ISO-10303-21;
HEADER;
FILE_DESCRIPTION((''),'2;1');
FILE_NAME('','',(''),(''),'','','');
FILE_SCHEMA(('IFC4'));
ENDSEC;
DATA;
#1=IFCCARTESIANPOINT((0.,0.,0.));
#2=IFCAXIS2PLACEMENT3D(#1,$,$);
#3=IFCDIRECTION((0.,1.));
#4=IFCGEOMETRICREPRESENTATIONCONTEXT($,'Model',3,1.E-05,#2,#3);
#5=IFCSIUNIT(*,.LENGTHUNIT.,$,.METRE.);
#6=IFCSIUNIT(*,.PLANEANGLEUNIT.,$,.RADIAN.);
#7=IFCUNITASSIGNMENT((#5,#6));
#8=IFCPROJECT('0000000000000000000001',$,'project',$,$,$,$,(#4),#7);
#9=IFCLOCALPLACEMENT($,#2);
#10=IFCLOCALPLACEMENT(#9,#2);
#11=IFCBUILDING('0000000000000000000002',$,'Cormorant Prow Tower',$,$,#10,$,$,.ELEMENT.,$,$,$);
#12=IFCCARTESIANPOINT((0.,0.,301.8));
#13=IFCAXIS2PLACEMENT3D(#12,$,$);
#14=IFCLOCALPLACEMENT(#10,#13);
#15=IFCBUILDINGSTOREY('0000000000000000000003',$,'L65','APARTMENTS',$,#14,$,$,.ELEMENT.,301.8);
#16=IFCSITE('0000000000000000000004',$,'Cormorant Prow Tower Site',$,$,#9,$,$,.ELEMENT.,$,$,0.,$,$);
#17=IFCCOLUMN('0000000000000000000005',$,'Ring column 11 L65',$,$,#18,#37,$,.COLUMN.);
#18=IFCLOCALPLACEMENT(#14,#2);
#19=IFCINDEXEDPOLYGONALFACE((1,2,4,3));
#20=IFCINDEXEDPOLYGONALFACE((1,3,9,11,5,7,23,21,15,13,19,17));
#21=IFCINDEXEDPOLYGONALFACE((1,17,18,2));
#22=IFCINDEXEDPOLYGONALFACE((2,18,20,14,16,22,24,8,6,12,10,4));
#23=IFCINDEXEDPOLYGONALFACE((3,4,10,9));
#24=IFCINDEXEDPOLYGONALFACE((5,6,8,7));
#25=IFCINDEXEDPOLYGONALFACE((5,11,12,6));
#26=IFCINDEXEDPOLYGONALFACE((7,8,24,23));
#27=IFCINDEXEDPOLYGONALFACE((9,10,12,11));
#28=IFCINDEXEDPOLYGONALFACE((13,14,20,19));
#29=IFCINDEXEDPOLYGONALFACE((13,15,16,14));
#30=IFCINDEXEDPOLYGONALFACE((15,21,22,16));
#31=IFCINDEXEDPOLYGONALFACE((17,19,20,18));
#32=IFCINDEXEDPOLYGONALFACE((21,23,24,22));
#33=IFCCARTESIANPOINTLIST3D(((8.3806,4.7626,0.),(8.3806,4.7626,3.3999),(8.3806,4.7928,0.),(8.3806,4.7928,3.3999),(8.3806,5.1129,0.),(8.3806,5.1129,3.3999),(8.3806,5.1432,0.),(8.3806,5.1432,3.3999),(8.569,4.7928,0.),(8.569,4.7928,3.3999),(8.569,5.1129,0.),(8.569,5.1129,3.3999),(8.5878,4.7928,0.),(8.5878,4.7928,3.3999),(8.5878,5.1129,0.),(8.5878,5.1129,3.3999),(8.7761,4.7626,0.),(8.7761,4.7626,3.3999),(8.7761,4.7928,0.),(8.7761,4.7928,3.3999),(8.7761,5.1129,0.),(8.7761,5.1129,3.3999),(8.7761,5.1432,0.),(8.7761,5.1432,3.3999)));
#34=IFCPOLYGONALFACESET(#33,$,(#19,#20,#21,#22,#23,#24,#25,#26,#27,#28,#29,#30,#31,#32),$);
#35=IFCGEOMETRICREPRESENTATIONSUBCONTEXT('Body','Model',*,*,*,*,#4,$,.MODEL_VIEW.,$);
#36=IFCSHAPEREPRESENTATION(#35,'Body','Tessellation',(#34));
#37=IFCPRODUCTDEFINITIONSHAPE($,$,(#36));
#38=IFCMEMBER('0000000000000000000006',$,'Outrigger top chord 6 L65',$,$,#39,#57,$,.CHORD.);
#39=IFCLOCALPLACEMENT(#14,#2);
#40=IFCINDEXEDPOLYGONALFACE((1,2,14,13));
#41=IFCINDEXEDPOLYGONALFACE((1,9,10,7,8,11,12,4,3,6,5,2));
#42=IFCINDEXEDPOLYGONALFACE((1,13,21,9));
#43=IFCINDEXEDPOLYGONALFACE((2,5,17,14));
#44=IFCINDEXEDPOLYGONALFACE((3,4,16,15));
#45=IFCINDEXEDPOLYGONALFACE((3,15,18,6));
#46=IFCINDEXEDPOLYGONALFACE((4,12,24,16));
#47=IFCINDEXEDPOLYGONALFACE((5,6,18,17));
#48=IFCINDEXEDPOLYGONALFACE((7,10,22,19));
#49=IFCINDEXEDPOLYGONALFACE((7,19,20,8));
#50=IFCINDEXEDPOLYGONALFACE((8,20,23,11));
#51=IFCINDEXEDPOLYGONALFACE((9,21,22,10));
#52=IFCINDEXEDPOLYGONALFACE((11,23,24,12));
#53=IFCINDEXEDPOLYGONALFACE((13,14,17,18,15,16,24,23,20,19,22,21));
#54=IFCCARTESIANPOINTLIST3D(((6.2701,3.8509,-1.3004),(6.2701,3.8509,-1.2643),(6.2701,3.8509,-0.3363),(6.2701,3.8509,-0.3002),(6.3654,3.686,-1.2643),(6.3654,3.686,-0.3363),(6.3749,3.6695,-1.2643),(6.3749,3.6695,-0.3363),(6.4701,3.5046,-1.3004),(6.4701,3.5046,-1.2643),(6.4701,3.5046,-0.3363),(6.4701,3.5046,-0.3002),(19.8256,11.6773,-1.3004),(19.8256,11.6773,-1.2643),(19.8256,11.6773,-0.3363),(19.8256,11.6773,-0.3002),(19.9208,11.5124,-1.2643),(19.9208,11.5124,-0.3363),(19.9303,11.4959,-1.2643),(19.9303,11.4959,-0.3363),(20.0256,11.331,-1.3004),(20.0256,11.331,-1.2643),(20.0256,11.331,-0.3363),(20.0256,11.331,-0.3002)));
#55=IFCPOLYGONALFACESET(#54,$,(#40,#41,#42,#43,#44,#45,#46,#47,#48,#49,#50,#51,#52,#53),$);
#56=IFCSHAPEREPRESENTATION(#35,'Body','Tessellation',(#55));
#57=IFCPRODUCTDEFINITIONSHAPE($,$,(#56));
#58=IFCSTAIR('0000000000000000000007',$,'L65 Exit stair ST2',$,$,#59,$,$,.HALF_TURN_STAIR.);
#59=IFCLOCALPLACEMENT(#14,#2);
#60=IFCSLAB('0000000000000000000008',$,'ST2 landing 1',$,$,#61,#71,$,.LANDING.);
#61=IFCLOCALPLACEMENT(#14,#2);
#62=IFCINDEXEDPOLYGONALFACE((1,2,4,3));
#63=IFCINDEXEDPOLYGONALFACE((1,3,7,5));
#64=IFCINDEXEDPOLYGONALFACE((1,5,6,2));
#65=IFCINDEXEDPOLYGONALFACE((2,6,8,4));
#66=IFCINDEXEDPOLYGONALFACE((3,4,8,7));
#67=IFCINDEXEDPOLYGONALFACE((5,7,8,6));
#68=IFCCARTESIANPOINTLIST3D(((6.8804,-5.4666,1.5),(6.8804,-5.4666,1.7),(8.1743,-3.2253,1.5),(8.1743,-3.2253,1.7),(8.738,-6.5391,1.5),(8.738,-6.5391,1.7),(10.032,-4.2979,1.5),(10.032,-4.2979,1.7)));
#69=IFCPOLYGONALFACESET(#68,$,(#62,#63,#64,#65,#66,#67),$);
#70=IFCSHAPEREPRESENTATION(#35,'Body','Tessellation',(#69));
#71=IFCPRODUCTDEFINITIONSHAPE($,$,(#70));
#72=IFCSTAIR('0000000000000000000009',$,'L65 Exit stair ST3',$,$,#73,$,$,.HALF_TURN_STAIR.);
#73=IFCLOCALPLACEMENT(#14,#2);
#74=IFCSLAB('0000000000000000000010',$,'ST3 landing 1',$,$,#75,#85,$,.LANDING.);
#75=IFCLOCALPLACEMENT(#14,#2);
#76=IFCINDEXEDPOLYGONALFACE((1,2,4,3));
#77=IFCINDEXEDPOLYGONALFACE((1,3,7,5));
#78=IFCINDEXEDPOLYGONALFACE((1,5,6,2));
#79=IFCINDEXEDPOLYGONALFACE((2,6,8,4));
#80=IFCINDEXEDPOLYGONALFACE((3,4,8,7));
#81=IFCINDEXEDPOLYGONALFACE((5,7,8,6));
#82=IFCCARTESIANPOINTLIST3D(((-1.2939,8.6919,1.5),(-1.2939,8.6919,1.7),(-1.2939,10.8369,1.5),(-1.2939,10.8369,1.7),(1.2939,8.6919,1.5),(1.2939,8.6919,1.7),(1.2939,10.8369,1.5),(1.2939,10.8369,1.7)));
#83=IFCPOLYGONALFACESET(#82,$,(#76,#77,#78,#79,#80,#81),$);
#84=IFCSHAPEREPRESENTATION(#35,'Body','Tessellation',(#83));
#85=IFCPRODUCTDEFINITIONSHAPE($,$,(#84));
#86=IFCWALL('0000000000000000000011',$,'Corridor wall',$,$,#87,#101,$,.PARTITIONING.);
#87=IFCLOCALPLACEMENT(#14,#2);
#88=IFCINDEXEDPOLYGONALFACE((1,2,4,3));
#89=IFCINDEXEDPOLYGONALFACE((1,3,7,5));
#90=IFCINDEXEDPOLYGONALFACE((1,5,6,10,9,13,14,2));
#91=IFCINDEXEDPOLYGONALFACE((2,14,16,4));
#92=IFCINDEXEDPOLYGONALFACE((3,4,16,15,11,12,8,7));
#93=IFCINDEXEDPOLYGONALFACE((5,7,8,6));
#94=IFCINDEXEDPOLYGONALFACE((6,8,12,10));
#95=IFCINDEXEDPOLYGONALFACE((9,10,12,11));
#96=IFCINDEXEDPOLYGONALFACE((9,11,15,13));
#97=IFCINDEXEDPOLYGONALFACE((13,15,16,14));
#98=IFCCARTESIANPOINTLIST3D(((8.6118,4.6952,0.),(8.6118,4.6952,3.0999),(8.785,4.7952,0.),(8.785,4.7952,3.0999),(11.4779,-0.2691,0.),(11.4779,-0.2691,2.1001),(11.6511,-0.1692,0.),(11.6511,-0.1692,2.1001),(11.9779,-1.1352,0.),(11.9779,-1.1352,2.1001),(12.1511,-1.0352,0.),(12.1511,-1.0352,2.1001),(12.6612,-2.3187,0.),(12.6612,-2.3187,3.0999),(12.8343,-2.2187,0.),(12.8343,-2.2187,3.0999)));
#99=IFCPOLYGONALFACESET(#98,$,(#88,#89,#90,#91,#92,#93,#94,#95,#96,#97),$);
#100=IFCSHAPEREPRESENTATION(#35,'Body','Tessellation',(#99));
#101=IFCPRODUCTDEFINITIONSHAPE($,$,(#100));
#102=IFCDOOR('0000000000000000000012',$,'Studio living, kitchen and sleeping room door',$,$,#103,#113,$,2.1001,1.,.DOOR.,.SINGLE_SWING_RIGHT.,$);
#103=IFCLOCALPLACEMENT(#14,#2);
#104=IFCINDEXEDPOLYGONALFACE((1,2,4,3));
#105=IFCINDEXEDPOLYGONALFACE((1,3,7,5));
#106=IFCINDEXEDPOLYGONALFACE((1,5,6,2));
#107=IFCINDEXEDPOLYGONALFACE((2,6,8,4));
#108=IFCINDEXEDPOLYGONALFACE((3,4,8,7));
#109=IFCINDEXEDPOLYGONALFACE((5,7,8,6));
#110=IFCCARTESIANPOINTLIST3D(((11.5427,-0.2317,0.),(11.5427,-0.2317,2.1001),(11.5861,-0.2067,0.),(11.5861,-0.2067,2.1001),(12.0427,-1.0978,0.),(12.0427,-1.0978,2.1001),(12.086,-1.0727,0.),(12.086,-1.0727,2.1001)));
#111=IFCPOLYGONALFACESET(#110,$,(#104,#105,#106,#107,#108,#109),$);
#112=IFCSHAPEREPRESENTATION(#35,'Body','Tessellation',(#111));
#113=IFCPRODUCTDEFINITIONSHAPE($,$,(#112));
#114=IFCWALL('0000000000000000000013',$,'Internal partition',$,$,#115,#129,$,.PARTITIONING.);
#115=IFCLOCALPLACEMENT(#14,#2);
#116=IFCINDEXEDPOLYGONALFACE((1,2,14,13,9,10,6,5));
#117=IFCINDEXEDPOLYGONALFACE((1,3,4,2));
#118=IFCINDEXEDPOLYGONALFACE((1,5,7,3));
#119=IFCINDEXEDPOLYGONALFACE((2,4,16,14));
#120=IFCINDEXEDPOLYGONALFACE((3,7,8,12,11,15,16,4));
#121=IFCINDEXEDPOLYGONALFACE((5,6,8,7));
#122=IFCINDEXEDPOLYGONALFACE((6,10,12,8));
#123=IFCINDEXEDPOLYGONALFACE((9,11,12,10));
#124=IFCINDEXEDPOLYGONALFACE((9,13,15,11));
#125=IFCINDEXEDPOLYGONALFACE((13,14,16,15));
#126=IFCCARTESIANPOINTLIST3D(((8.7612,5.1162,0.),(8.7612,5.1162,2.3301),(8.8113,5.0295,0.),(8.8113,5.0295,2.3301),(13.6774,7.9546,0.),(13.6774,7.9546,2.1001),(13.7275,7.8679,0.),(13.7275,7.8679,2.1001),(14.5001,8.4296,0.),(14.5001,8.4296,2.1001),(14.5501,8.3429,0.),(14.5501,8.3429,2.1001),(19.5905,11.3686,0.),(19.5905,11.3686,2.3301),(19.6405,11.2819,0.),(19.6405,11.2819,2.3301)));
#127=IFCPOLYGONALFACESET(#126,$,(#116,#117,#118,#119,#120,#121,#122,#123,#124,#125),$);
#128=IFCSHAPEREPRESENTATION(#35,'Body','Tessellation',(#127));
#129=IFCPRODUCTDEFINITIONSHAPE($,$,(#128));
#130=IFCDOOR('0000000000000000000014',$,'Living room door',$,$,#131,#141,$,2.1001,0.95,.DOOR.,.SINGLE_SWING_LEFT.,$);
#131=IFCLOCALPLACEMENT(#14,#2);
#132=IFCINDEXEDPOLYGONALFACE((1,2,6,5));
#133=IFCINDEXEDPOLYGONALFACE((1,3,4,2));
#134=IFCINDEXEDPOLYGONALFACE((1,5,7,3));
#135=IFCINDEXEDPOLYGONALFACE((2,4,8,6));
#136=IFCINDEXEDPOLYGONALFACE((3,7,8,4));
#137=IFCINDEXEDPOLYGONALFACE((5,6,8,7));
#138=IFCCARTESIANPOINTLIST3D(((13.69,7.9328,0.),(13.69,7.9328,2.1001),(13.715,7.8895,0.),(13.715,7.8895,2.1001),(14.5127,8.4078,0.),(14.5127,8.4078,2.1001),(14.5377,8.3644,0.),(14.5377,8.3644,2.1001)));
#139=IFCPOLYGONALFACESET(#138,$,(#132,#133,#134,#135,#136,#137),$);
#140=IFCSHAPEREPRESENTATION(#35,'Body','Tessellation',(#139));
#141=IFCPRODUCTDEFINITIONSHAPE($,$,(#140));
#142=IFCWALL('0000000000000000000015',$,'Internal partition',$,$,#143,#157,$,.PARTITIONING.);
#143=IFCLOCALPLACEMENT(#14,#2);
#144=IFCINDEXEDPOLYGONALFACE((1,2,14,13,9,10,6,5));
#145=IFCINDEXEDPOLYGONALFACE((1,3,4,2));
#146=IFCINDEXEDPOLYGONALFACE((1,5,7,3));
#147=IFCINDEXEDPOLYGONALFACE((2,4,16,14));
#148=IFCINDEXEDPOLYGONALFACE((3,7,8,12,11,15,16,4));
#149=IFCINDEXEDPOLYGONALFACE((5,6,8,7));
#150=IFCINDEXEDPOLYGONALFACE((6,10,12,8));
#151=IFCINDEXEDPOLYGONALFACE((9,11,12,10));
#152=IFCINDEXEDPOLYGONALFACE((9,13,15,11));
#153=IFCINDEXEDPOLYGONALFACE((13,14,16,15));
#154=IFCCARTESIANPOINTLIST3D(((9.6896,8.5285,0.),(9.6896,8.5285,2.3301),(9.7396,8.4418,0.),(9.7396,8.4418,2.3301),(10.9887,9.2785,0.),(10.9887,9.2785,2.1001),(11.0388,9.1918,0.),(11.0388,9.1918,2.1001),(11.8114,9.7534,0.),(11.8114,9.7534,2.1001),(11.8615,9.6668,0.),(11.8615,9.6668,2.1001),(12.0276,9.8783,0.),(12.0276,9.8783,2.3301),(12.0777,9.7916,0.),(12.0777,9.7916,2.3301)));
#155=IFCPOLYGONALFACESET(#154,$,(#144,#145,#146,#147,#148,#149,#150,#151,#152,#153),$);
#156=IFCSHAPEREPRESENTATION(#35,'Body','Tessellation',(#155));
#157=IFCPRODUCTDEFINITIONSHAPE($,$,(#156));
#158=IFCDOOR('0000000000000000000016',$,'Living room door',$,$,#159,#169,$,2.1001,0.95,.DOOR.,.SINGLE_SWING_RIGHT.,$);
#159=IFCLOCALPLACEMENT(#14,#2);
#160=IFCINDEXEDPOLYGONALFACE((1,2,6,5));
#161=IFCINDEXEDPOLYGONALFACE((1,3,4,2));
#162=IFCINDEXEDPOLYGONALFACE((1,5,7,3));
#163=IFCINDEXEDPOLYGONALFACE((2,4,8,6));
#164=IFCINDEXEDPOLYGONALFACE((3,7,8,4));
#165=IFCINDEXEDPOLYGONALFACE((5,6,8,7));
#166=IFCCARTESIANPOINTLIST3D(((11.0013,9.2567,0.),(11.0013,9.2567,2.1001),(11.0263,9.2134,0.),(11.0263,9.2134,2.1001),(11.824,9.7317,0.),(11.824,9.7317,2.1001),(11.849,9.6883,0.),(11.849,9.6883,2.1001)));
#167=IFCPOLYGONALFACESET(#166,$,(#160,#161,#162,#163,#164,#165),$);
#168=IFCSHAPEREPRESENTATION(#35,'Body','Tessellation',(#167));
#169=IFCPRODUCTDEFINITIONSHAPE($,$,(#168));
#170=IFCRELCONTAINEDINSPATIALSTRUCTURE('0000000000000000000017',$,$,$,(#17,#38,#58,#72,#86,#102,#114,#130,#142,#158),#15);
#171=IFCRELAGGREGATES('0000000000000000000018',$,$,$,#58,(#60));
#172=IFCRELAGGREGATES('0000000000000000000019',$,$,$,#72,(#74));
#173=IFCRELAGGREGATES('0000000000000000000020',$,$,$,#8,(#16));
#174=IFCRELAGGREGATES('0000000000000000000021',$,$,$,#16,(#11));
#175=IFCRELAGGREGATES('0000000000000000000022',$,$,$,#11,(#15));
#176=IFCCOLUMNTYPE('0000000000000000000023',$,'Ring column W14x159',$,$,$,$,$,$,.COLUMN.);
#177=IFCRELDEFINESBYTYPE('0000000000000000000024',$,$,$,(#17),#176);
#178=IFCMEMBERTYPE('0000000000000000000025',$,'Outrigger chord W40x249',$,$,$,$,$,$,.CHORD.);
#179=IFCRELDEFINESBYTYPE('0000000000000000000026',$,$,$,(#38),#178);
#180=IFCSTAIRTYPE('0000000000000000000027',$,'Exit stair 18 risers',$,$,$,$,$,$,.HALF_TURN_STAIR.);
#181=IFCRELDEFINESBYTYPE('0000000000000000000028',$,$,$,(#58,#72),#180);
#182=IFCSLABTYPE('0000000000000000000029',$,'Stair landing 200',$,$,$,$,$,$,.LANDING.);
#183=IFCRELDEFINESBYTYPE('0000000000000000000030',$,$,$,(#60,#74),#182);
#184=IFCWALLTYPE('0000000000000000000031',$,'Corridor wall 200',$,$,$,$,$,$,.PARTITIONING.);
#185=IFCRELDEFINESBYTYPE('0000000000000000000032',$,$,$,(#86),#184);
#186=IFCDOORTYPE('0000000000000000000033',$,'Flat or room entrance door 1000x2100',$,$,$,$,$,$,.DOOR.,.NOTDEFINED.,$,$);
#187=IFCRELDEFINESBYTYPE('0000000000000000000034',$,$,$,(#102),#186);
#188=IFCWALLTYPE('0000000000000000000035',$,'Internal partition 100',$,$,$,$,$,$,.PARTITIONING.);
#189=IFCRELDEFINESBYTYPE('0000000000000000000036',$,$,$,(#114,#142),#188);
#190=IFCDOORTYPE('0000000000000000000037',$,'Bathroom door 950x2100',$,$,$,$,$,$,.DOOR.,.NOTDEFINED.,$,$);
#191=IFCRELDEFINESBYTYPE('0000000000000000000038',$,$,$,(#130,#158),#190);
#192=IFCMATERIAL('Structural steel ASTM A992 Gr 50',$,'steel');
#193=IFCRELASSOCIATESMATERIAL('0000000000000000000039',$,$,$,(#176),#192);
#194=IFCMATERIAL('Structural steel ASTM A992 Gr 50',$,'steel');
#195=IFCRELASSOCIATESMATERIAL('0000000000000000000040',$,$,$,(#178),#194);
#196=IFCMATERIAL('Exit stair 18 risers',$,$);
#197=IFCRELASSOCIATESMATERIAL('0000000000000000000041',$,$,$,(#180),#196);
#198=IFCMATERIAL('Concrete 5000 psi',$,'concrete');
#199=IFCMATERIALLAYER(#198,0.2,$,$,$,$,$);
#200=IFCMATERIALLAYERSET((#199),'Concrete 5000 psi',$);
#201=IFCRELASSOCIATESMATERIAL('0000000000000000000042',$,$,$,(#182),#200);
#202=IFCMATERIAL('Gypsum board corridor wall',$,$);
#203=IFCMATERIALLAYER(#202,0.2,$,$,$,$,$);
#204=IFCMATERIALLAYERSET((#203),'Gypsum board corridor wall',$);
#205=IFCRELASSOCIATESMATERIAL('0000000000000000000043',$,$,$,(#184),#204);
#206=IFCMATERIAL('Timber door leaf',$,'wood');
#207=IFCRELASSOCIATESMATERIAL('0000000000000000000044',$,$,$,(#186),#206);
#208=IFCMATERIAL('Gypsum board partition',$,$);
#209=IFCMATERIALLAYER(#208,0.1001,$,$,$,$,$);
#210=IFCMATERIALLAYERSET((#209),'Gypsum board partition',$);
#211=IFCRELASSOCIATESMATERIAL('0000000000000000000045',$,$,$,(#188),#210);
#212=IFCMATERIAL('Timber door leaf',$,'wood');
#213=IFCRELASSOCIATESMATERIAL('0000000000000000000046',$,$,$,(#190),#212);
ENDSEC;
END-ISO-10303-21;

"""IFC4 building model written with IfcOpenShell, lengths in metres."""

from ifc_helpers import new_model, si_unit, direction, frame, frame_2d, origin, origin_2d, place, context, subcontext, project, spatial, polyline, rectangle, i_section, outline, extrude, material, layer, layer_set, material_profile, profile_set, type_object, element, fill, aggregate, save


model = new_model("IFC4")

# Units and contexts
model_context = context("Model", 3, precision=1e-05, world=origin(), true_north=direction((0.0, 1.0)))
body_context = subcontext(model_context, "Body", "Model", "MODEL_VIEW")
ifc_project = project(units=[si_unit("LENGTHUNIT", "METRE"), si_unit("PLANEANGLEUNIT", "RADIAN")], contexts=[model_context])

# Site, building, storey
site_placement = place(None, origin())
site = spatial("IfcSite", under=ifc_project, at=site_placement, Name="Cormorant Prow Tower Site", CompositionType="ELEMENT", RefElevation=0.0)
building_placement = place(site_placement, origin())
building = spatial("IfcBuilding", under=site, at=building_placement, Name="Cormorant Prow Tower", CompositionType="ELEMENT")
storey_placement = place(building_placement, frame((0.0, 0.0, 301.8)))
storey = spatial("IfcBuildingStorey", under=building, at=storey_placement, Name="L65", Description="APARTMENTS", CompositionType="ELEMENT", Elevation=301.8)

# Column
ifc_material_1 = material(Name="Structural steel ASTM A992 Gr 50", Category="steel")
ifc_material_profile_1 = material_profile(ifc_material_1, i_section(OverallWidth=0.3955, OverallDepth=0.3806, WebThickness=0.0188, FlangeThickness=0.0303, at=origin_2d()), Name="W14x159")
ifc_profile_set_1 = profile_set([ifc_material_profile_1], Name="Structural steel ASTM A992 Gr 50")
column_type = type_object("IfcColumnType", Name="Ring column W14x159", PredefinedType="COLUMN", material=ifc_profile_set_1)
column_placement = place(storey_placement, frame((8.5784, 4.9529, 0.0), z_axis=(0.0, 0.0, 1.0), x_axis=(1.0, 0.0, 0.0)))
element("IfcColumn", 1, at=column_placement, inside=storey, type_object=column_type, Name="Ring column 11 L65", PredefinedType="COLUMN", context=body_context, shape_type="SweptSolid", body=[
    extrude(i_section(OverallWidth=0.3955, OverallDepth=0.3806, WebThickness=0.0188, FlangeThickness=0.0303, at=origin_2d()), origin(), (0.0, 0.0, 1.0), 3.3999),
])

# Member
ifc_material_2 = material(Name="Structural steel ASTM A992 Gr 50", Category="steel")
ifc_material_profile_2 = material_profile(ifc_material_2, i_section(OverallWidth=0.3999, OverallDepth=1.0002, WebThickness=0.019, FlangeThickness=0.0361, at=origin_2d()), Name="W40x249")
ifc_profile_set_2 = profile_set([ifc_material_profile_2], Name="Structural steel ASTM A992 Gr 50")
member_type = type_object("IfcMemberType", Name="Outrigger chord W40x249", PredefinedType="CHORD", material=ifc_profile_set_2)
member_placement = place(storey_placement, frame((6.3701, 3.6777, -0.8003), z_axis=(0.86602, 0.500009, 0.0), x_axis=(-0.500009, 0.86602, 0.0)))
element("IfcMember", 2, at=member_placement, inside=storey, type_object=member_type, Name="Outrigger top chord 6 L65", PredefinedType="CHORD", context=body_context, shape_type="SweptSolid", body=[
    extrude(i_section(OverallWidth=0.3999, OverallDepth=1.0002, WebThickness=0.019, FlangeThickness=0.0361, at=origin_2d()), origin(), (0.0, 0.0, 1.0), 15.6526),
])

# Stairs, slabs
ifc_material_3 = material(Name="Exit stair 18 risers")
stair_type = type_object("IfcStairType", Name="Exit stair 18 risers", PredefinedType="HALF_TURN_STAIR", material=ifc_material_3)
stair_1_placement = place(storey_placement, origin())
stair_1 = element("IfcStair", 3, at=stair_1_placement, inside=storey, type_object=stair_type, Name="L65 Exit stair ST2", PredefinedType="HALF_TURN_STAIR")
ifc_material_4 = material(Name="Concrete 5000 psi", Category="concrete")
ifc_layer_1 = layer(ifc_material_4, 0.2)
ifc_layer_set_1 = layer_set([ifc_layer_1], Name="Concrete 5000 psi")
slab_type = type_object("IfcSlabType", Name="Stair landing 200", PredefinedType="LANDING", material=ifc_layer_set_1)
slab_1_placement = place(storey_placement, frame((0.0, 0.0, 1.5)))
slab_1 = element("IfcSlab", 4, at=slab_1_placement, type_object=slab_type, Name="ST2 landing 1", PredefinedType="LANDING", context=body_context, shape_type="SweptSolid", body=[
    extrude(outline(polyline([(6.8804, -5.4666), (8.738, -6.5391), (10.032, -4.2979), (8.1743, -3.2253), (6.8804, -5.4666)])), origin(), (0.0, 0.0, 1.0), 0.2),
])
aggregate(stair_1, [slab_1])
stair_2_placement = place(storey_placement, origin())
stair_2 = element("IfcStair", 5, at=stair_2_placement, inside=storey, type_object=stair_type, Name="L65 Exit stair ST3", PredefinedType="HALF_TURN_STAIR")
slab_2_placement = place(storey_placement, frame((0.0, 0.0, 1.5)))
slab_2 = element("IfcSlab", 6, at=slab_2_placement, type_object=slab_type, Name="ST3 landing 1", PredefinedType="LANDING", context=body_context, shape_type="SweptSolid", body=[
    extrude(outline(polyline([(1.2939, 8.6919), (1.2939, 10.8369), (-1.2939, 10.8369), (-1.2939, 8.6919), (1.2939, 8.6919)])), origin(), (0.0, 0.0, 1.0), 0.2),
])

# Walls, openings, doors
ifc_material_5 = material(Name="Gypsum board corridor wall")
ifc_layer_2 = layer(ifc_material_5, 0.2)
ifc_layer_set_2 = layer_set([ifc_layer_2], Name="Gypsum board corridor wall")
wall_type_1 = type_object("IfcWallType", Name="Corridor wall 200", PredefinedType="PARTITIONING", material=ifc_layer_set_2)
wall_1_placement = place(storey_placement, frame((8.6985, 4.7451, 0.0), z_axis=(0.0, 0.0, 1.0), x_axis=(0.499984, -0.866034, 0.0)))
wall_1 = element("IfcWall", 7, at=wall_1_placement, inside=storey, type_object=wall_type_1, Name="Corridor wall", PredefinedType="PARTITIONING", context=body_context, shape_type="SweptSolid", body=[
    extrude(rectangle(XDim=8.0989, YDim=0.2, at=frame_2d((4.0493, 0.0))), origin(), (0.0, 0.0, 1.0), 3.0999),
])
opening_1_placement = place(wall_1_placement, frame((5.7322, 0.0, 0.0)))
opening_1 = element("IfcOpeningElement", 8, at=opening_1_placement, cuts=wall_1, PredefinedType="OPENING", context=body_context, shape_type="SweptSolid", body=[
    extrude(rectangle(XDim=1.0, YDim=2.1001, at=frame_2d((0.5, 1.05))), frame((0.0, 0.1099, 0.0), z_axis=(0.0, -1.0, 0.0), x_axis=(1.0, 0.0, 0.0)), (0.0, 0.0, 1.0), 0.22),
])
ifc_material_6 = material(Name="Timber door leaf", Category="wood")
door_type_1 = type_object("IfcDoorType", Name="Flat or room entrance door 1000x2100", OperationType="NOTDEFINED", PredefinedType="DOOR", material=ifc_material_6)
door_1_placement = place(opening_1_placement, origin())
door_1 = element("IfcDoor", 9, at=door_1_placement, inside=storey, type_object=door_type_1, Name="Studio living, kitchen and sleeping room door", OperationType="SINGLE_SWING_RIGHT", OverallHeight=2.1001, OverallWidth=1.0, PredefinedType="DOOR", context=body_context, shape_type="SweptSolid", body=[
    extrude(rectangle(XDim=1.0, YDim=2.1001, at=frame_2d((0.5, 1.05))), frame((0.0, 0.0249, 0.0), z_axis=(0.0, -1.0, 0.0), x_axis=(1.0, 0.0, 0.0)), (0.0, 0.0, 1.0), 0.05),
])
fill(opening_1, door_1)
ifc_material_7 = material(Name="Gypsum board partition")
ifc_layer_3 = layer(ifc_material_7, 0.1001)
ifc_layer_set_3 = layer_set([ifc_layer_3], Name="Gypsum board partition")
wall_type_2 = type_object("IfcWallType", Name="Internal partition 100", PredefinedType="PARTITIONING", material=ifc_layer_set_3)
wall_2_placement = place(storey_placement, frame((8.7861, 5.0728, 0.0), z_axis=(0.0, 0.0, 1.0), x_axis=(0.866021, 0.500007, 0.0)))
wall_2 = element("IfcWall", 10, at=wall_2_placement, inside=storey, type_object=wall_type_2, Name="Internal partition", PredefinedType="PARTITIONING", context=body_context, shape_type="SweptSolid", body=[
    extrude(rectangle(XDim=12.5046, YDim=0.1001, at=frame_2d((6.2524, 0.0))), origin(), (0.0, 0.0, 1.0), 2.3301),
])
opening_2_placement = place(wall_2_placement, frame((5.6768, 0.0, 0.0)))
opening_2 = element("IfcOpeningElement", 11, at=opening_2_placement, cuts=wall_2, PredefinedType="OPENING", context=body_context, shape_type="SweptSolid", body=[
    extrude(rectangle(XDim=0.95, YDim=2.1001, at=frame_2d((0.4751, 1.05))), frame((0.0, 0.0601, 0.0), z_axis=(0.0, -1.0, 0.0), x_axis=(1.0, 0.0, 0.0)), (0.0, 0.0, 1.0), 0.1201),
])
ifc_material_8 = material(Name="Timber door leaf", Category="wood")
door_type_2 = type_object("IfcDoorType", Name="Bathroom door 950x2100", OperationType="NOTDEFINED", PredefinedType="DOOR", material=ifc_material_8)
door_2_placement = place(opening_2_placement, origin())
door_2 = element("IfcDoor", 12, at=door_2_placement, inside=storey, type_object=door_type_2, Name="Living room door", OperationType="SINGLE_SWING_LEFT", OverallHeight=2.1001, OverallWidth=0.95, PredefinedType="DOOR", context=body_context, shape_type="SweptSolid", body=[
    extrude(rectangle(XDim=0.95, YDim=2.1001, at=frame_2d((0.4751, 1.05))), frame((0.0, 0.0249, 0.0), z_axis=(0.0, -1.0, 0.0), x_axis=(1.0, 0.0, 0.0)), (0.0, 0.0, 1.0), 0.05),
])
fill(opening_2, door_2)
wall_3_placement = place(storey_placement, frame((9.7146, 8.4851, 0.0), z_axis=(0.0, 0.0, 1.0), x_axis=(0.866037, 0.499981, 0.0)))
wall_3 = element("IfcWall", 13, at=wall_3_placement, inside=storey, type_object=wall_type_2, Name="Internal partition", PredefinedType="PARTITIONING", context=body_context, shape_type="SweptSolid", body=[
    extrude(rectangle(XDim=2.6997, YDim=0.1001, at=frame_2d((1.3499, 0.0))), origin(), (0.0, 0.0, 1.0), 2.3301),
])
opening_3_placement = place(wall_3_placement, frame((1.5, 0.0, 0.0)))
opening_3 = element("IfcOpeningElement", 14, at=opening_3_placement, cuts=wall_3, PredefinedType="OPENING", context=body_context, shape_type="SweptSolid", body=[
    extrude(rectangle(XDim=0.95, YDim=2.1001, at=frame_2d((0.4751, 1.05))), frame((0.0, 0.0601, 0.0), z_axis=(0.0, -1.0, 0.0), x_axis=(1.0, 0.0, 0.0)), (0.0, 0.0, 1.0), 0.1201),
])
door_3_placement = place(opening_3_placement, origin())
door_3 = element("IfcDoor", 15, at=door_3_placement, inside=storey, type_object=door_type_2, Name="Living room door", OperationType="SINGLE_SWING_RIGHT", OverallHeight=2.1001, OverallWidth=0.95, PredefinedType="DOOR", context=body_context, shape_type="SweptSolid", body=[
    extrude(rectangle(XDim=0.95, YDim=2.1001, at=frame_2d((0.4751, 1.05))), frame((0.0, 0.0249, 0.0), z_axis=(0.0, -1.0, 0.0), x_axis=(1.0, 0.0, 0.0)), (0.0, 0.0, 1.0), 0.05),
])
fill(opening_3, door_3)

aggregate(stair_2, [slab_2])

save(model, "model.ifc")
